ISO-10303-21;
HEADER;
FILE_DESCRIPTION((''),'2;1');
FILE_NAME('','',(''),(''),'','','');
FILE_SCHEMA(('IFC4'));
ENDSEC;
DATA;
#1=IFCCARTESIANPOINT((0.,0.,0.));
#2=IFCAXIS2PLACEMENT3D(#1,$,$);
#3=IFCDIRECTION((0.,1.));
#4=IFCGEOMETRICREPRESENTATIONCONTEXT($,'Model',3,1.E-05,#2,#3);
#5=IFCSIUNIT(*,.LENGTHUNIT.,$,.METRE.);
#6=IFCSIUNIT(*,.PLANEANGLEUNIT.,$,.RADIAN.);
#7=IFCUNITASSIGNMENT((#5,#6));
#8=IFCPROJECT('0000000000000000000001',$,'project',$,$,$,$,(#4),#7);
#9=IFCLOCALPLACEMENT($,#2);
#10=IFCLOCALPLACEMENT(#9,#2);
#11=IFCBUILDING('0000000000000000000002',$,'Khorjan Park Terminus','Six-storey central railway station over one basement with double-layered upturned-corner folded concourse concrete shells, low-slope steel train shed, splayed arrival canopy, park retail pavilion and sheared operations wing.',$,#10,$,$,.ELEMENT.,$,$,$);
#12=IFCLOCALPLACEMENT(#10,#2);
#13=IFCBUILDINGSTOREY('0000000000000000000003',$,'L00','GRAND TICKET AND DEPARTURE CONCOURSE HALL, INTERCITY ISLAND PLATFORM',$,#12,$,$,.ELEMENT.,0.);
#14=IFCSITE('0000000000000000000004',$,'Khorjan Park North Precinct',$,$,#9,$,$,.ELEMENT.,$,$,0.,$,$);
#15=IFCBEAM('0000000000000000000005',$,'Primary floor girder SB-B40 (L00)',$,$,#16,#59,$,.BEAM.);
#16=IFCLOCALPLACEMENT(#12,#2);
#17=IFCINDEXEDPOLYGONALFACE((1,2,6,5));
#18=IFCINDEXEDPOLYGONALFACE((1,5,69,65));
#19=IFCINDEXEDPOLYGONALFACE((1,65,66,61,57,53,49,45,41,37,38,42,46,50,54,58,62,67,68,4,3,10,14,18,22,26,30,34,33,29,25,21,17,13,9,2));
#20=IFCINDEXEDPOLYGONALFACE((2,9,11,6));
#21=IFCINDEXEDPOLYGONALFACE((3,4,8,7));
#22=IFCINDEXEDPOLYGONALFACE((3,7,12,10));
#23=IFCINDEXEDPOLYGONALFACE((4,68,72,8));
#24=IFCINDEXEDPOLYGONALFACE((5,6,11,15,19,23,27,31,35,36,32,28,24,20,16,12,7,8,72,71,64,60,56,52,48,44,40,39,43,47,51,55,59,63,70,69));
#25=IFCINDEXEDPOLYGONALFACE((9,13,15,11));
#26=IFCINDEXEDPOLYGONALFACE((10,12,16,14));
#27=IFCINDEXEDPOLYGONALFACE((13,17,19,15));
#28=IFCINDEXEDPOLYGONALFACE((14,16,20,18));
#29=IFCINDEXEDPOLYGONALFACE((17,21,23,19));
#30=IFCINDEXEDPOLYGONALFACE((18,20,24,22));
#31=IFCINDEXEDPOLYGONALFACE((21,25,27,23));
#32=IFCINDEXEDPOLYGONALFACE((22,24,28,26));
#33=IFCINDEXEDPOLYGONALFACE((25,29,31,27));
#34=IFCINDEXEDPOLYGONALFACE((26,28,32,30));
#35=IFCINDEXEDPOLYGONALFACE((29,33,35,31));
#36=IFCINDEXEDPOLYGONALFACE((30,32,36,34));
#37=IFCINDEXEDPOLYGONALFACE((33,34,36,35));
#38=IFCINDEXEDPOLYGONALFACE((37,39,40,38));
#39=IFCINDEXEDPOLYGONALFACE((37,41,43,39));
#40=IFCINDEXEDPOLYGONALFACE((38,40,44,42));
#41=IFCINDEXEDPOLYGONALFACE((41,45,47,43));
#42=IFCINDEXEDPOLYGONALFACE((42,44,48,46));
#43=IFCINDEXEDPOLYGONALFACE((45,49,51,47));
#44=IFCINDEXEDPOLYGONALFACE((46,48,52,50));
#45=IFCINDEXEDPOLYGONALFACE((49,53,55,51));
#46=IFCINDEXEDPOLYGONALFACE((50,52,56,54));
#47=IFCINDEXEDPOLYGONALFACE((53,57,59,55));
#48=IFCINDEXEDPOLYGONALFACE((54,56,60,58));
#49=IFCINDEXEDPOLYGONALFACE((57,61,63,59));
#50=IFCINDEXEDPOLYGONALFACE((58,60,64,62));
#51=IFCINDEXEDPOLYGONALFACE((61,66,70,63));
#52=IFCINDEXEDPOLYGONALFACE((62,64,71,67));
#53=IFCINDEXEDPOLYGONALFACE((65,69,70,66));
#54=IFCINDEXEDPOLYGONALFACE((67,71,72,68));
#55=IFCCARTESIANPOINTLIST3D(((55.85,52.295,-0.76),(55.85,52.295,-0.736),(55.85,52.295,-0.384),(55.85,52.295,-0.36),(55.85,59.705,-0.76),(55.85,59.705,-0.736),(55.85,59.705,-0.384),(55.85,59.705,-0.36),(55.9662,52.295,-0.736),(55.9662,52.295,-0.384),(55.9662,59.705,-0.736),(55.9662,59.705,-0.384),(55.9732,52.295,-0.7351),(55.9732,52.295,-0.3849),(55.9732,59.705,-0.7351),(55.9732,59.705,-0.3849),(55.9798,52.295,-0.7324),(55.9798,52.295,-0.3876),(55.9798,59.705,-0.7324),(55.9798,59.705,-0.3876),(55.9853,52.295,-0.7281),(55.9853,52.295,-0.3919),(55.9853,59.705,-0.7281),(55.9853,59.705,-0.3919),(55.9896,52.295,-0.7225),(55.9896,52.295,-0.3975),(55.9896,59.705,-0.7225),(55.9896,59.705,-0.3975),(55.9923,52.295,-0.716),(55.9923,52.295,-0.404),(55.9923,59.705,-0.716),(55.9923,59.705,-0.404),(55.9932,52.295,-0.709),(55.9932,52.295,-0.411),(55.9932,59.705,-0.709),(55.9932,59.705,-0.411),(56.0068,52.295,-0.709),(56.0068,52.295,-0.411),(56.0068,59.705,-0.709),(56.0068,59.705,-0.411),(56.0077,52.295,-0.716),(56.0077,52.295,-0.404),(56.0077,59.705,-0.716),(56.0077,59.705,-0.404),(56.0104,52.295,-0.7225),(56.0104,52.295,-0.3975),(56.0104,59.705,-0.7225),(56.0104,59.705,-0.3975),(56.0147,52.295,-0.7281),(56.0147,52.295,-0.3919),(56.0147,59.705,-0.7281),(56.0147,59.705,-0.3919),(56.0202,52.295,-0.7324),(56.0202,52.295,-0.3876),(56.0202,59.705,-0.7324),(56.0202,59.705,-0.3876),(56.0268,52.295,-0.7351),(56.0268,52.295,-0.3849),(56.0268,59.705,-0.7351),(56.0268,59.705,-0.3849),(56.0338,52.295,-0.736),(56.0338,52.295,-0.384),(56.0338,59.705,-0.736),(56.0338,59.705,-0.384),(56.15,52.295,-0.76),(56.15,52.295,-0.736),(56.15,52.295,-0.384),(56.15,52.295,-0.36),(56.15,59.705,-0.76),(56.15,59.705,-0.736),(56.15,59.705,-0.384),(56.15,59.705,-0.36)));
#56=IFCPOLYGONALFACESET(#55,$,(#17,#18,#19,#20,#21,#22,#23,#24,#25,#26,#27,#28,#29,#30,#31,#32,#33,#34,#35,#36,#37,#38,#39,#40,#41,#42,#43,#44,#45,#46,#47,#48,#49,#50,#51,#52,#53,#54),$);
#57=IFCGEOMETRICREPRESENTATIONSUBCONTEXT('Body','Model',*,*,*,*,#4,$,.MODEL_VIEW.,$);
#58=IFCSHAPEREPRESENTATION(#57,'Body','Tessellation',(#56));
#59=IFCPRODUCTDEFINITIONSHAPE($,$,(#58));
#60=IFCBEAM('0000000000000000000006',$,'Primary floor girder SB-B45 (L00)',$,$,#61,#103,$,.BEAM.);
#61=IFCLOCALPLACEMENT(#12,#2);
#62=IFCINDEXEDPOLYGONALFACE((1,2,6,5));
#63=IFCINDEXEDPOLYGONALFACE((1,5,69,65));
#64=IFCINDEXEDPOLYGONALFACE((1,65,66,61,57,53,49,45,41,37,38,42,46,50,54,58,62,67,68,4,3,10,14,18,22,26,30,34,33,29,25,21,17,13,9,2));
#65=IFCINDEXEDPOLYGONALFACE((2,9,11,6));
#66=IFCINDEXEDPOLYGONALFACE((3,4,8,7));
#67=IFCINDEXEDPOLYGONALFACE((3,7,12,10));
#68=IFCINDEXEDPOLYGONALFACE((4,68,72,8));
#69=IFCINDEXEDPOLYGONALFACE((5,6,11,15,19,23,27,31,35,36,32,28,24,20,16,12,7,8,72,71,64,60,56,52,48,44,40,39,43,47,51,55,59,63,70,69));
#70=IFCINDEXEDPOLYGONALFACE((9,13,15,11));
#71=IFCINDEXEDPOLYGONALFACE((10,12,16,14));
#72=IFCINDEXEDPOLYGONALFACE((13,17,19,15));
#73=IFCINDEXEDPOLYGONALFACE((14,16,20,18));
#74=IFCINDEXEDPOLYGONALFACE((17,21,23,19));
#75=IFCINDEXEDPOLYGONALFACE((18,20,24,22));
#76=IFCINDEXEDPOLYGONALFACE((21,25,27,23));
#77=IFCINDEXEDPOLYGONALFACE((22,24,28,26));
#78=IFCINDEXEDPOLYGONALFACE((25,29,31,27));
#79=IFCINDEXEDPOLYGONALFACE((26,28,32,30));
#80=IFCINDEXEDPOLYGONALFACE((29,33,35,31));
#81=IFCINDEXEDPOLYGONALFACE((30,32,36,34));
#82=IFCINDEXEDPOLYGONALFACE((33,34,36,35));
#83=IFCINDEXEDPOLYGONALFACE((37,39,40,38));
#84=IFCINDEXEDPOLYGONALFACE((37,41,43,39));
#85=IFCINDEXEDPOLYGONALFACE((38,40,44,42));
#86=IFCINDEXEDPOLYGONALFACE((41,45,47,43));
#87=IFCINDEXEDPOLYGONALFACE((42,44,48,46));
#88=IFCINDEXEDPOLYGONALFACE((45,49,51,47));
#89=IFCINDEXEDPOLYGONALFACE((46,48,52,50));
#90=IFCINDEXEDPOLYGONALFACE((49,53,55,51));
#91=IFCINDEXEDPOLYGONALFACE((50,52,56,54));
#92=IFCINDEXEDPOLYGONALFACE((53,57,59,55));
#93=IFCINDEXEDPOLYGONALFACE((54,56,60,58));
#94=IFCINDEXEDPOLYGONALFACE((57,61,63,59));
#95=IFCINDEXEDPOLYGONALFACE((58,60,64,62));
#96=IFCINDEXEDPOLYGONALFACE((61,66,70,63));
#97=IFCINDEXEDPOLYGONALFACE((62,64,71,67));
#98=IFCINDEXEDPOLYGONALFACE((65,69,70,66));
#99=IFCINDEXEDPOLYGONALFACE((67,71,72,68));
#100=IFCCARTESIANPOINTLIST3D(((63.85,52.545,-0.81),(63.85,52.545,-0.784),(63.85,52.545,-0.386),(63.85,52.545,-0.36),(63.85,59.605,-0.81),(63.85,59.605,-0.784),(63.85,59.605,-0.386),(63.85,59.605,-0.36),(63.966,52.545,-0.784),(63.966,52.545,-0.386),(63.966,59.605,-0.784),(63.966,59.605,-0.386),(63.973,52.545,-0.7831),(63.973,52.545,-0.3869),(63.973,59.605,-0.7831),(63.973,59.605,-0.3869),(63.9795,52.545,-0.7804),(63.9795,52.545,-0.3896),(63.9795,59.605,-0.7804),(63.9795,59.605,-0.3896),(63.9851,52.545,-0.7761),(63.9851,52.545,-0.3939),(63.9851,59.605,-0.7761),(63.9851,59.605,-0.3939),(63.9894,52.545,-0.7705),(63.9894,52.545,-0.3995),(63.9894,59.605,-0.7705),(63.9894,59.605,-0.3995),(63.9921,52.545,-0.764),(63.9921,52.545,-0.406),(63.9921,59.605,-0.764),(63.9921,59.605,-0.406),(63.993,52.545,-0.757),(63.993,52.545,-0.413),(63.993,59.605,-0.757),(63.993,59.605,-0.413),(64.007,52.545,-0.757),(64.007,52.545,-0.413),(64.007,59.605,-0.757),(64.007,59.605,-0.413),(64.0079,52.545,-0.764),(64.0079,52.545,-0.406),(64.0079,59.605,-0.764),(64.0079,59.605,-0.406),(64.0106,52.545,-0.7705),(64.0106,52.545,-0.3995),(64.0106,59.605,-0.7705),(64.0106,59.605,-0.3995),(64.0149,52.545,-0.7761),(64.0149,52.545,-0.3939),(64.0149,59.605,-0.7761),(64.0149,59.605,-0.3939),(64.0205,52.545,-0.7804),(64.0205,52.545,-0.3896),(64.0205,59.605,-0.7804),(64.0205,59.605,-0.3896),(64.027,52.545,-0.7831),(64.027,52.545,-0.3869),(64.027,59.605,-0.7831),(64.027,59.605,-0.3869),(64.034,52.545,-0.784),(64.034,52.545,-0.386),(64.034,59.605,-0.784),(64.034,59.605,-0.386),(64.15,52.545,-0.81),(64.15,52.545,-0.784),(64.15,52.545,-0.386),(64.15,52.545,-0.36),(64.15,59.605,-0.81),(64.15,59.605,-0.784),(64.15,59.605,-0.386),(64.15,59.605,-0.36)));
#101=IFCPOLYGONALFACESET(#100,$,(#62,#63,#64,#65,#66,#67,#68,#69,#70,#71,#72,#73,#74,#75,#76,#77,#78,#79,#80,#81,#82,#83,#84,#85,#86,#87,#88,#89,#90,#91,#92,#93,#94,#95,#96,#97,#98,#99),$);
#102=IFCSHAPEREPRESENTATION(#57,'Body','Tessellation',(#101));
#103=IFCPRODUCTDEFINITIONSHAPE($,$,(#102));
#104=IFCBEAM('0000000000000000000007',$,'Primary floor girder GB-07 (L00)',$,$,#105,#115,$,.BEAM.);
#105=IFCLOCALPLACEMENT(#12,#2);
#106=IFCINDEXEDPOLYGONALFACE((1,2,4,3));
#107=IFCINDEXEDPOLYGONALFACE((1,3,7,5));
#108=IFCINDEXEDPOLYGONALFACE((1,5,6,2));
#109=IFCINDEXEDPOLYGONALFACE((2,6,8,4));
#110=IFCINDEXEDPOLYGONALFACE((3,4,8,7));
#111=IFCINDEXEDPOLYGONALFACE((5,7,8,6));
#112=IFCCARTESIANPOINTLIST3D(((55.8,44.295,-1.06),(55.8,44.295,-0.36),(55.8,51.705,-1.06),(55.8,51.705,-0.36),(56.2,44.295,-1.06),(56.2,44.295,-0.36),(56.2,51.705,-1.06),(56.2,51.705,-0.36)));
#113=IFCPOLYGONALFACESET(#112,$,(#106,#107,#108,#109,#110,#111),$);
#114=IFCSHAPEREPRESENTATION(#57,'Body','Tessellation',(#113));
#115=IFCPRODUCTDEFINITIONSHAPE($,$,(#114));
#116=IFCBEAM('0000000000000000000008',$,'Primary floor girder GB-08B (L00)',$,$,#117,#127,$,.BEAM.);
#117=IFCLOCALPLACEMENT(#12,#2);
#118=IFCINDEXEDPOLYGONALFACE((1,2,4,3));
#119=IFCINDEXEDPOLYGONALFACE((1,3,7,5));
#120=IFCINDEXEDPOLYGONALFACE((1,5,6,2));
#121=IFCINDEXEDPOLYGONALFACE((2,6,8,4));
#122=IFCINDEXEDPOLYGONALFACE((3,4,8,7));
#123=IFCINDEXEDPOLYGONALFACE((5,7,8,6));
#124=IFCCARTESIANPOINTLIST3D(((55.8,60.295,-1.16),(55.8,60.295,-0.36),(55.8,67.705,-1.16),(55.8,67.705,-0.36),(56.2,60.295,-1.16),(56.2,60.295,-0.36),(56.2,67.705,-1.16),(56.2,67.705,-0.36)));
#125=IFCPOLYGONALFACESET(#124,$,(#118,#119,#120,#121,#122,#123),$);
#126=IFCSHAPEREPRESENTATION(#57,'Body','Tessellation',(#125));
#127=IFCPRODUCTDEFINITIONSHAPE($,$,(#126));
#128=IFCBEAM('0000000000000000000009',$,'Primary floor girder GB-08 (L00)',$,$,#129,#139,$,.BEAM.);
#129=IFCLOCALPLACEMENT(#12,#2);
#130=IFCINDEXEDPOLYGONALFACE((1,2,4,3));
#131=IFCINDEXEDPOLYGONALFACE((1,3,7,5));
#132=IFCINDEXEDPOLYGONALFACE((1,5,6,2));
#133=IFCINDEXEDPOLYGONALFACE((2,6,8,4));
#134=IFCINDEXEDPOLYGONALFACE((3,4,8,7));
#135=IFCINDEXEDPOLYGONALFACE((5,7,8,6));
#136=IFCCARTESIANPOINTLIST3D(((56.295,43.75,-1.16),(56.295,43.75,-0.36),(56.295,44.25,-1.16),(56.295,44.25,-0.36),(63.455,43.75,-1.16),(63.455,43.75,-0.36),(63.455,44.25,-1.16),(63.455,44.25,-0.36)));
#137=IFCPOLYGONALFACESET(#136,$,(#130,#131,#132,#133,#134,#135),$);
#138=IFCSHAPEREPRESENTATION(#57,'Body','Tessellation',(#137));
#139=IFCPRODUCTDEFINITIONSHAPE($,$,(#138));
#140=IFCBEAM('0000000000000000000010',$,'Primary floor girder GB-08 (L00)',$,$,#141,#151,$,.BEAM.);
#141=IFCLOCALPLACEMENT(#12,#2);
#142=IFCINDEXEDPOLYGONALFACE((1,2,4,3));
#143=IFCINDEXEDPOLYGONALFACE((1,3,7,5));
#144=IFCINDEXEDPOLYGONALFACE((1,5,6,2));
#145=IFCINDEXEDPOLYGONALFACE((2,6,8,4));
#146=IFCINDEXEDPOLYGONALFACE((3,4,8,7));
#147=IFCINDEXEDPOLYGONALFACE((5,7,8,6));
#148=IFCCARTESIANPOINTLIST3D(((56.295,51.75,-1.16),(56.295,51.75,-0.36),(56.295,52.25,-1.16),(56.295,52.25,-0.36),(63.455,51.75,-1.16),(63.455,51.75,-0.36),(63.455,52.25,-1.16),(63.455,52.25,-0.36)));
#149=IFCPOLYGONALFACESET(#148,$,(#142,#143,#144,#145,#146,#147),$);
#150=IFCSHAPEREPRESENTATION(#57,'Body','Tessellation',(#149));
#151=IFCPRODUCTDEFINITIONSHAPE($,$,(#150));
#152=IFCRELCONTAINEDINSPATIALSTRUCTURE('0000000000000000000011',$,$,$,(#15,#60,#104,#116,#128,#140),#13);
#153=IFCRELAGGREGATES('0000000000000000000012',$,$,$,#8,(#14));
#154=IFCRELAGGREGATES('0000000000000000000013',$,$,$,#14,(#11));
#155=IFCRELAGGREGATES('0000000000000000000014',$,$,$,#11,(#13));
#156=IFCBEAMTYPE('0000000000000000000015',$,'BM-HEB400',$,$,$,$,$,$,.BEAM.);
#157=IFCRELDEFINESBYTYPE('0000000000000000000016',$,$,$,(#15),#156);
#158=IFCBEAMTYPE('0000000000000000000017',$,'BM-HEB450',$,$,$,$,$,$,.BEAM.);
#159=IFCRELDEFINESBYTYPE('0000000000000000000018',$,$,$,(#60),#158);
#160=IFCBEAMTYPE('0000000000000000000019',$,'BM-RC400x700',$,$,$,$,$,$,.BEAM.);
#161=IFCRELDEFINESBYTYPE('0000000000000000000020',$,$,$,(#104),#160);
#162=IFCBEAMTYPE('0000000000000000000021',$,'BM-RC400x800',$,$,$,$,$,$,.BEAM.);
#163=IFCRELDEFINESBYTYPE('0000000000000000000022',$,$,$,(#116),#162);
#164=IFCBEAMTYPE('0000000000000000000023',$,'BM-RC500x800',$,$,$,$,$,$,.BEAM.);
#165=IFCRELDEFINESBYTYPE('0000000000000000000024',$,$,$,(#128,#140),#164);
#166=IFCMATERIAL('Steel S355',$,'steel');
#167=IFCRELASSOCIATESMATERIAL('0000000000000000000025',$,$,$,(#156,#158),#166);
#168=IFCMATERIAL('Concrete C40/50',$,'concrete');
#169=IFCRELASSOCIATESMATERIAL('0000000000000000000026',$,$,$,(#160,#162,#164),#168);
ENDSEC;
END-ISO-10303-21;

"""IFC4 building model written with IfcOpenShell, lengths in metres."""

from ifc_helpers import new_model, si_unit, direction, frame, origin, origin_2d, place, context, subcontext, project, spatial, rectangle, i_section, extrude, material, material_profile, profile_set, type_object, element, save


model = new_model("IFC4")

# Units and contexts
model_context = context("Model", 3, precision=1e-05, world=origin(), true_north=direction((0.0, 1.0)))
body_context = subcontext(model_context, "Body", "Model", "MODEL_VIEW")
ifc_project = project(units=[si_unit("LENGTHUNIT", "METRE"), si_unit("PLANEANGLEUNIT", "RADIAN")], contexts=[model_context])

# Site, building, storey
site_placement = place(None, origin())
site = spatial("IfcSite", under=ifc_project, at=site_placement, Name="Khorjan Park North Precinct", CompositionType="ELEMENT", RefElevation=0.0)
building_placement = place(site_placement, origin())
building = spatial("IfcBuilding", under=site, at=building_placement, Name="Khorjan Park Terminus", Description="Six-storey central railway station over one basement with double-layered upturned-corner folded concourse concrete shells, low-slope steel train shed, splayed arrival canopy, park retail pavilion and sheared operations wing.", CompositionType="ELEMENT")
storey_placement = place(building_placement, origin())
storey = spatial("IfcBuildingStorey", under=building, at=storey_placement, Name="L00", Description="GRAND TICKET AND DEPARTURE CONCOURSE HALL, INTERCITY ISLAND PLATFORM", CompositionType="ELEMENT", Elevation=0.0)

# Shared definitions
ifc_material_1 = material(Name="Concrete C40/50", Category="concrete")

# Beams
ifc_material_2 = material(Name="Steel S355", Category="steel")
ifc_material_profile_1 = material_profile(ifc_material_2, i_section(OverallWidth=0.3, OverallDepth=0.4, WebThickness=0.0135, FlangeThickness=0.024, FilletRadius=0.027, at=origin_2d()), Name="HEB 400")
ifc_profile_set_1 = profile_set([ifc_material_profile_1], Name="Steel S355")
beam_type_1 = type_object("IfcBeamType", Name="BM-HEB400", PredefinedType="BEAM", material=ifc_profile_set_1)
beam_1_placement = place(storey_placement, frame((56.0, 52.295, -0.56), z_axis=(0.0, 1.0, 0.0), x_axis=(-1.0, 0.0, 0.0)))
element("IfcBeam", 1, at=beam_1_placement, inside=storey, type_object=beam_type_1, Name="Primary floor girder SB-B40 (L00)", PredefinedType="BEAM", context=body_context, shape_type="SweptSolid", body=[
    extrude(i_section(OverallWidth=0.3, OverallDepth=0.4, WebThickness=0.0135, FlangeThickness=0.024, FilletRadius=0.027, at=origin_2d()), origin(), (0.0, 0.0, 1.0), 7.41),
])
ifc_material_profile_2 = material_profile(ifc_material_2, i_section(OverallWidth=0.3, OverallDepth=0.45, WebThickness=0.014, FlangeThickness=0.026, FilletRadius=0.027, at=origin_2d()), Name="HEB 450")
ifc_profile_set_2 = profile_set([ifc_material_profile_2], Name="Steel S355")
beam_type_2 = type_object("IfcBeamType", Name="BM-HEB450", PredefinedType="BEAM", material=ifc_profile_set_2)
beam_2_placement = place(storey_placement, frame((64.0, 52.545, -0.585), z_axis=(0.0, 1.0, 0.0), x_axis=(-1.0, 0.0, 0.0)))
element("IfcBeam", 2, at=beam_2_placement, inside=storey, type_object=beam_type_2, Name="Primary floor girder SB-B45 (L00)", PredefinedType="BEAM", context=body_context, shape_type="SweptSolid", body=[
    extrude(i_section(OverallWidth=0.3, OverallDepth=0.45, WebThickness=0.014, FlangeThickness=0.026, FilletRadius=0.027, at=origin_2d()), origin(), (0.0, 0.0, 1.0), 7.06),
])
ifc_material_profile_3 = material_profile(ifc_material_1, rectangle(XDim=0.4, YDim=0.7, at=origin_2d()), Name="RC 400x700")
ifc_profile_set_3 = profile_set([ifc_material_profile_3], Name="Concrete C40/50")
beam_type_3 = type_object("IfcBeamType", Name="BM-RC400x700", PredefinedType="BEAM", material=ifc_profile_set_3)
beam_3_placement = place(storey_placement, frame((56.0, 44.295, -0.71), z_axis=(0.0, 1.0, 0.0), x_axis=(-1.0, 0.0, 0.0)))
element("IfcBeam", 3, at=beam_3_placement, inside=storey, type_object=beam_type_3, Name="Primary floor girder GB-07 (L00)", PredefinedType="BEAM", context=body_context, shape_type="SweptSolid", body=[
    extrude(rectangle(XDim=0.4, YDim=0.7, at=origin_2d()), origin(), (0.0, 0.0, 1.0), 7.41),
])
ifc_material_profile_4 = material_profile(ifc_material_1, rectangle(XDim=0.4, YDim=0.8, at=origin_2d()), Name="RC 400x800")
ifc_profile_set_4 = profile_set([ifc_material_profile_4], Name="Concrete C40/50")
beam_type_4 = type_object("IfcBeamType", Name="BM-RC400x800", PredefinedType="BEAM", material=ifc_profile_set_4)
beam_4_placement = place(storey_placement, frame((56.0, 60.295, -0.76), z_axis=(0.0, 1.0, 0.0), x_axis=(-1.0, 0.0, 0.0)))
element("IfcBeam", 4, at=beam_4_placement, inside=storey, type_object=beam_type_4, Name="Primary floor girder GB-08B (L00)", PredefinedType="BEAM", context=body_context, shape_type="SweptSolid", body=[
    extrude(rectangle(XDim=0.4, YDim=0.8, at=origin_2d()), origin(), (0.0, 0.0, 1.0), 7.41),
])
ifc_material_profile_5 = material_profile(ifc_material_1, rectangle(XDim=0.5, YDim=0.8, at=origin_2d()), Name="RC 500x800")
ifc_profile_set_5 = profile_set([ifc_material_profile_5], Name="Concrete C40/50")
beam_type_5 = type_object("IfcBeamType", Name="BM-RC500x800", PredefinedType="BEAM", material=ifc_profile_set_5)
for number, where, z_axis, x_axis, name in (
    (5, (56.295, 44.0, -0.76), (1.0, 0.0, 0.0), (0.0, 1.0, 0.0), "Primary floor girder GB-08 (L00)"),
    (6, (56.295, 52.0, -0.76), (1.0, 0.0, 0.0), (0.0, 1.0, 0.0), "Primary floor girder GB-08 (L00)"),
):
    element("IfcBeam", number, at=place(storey_placement, frame(where, z_axis=z_axis, x_axis=x_axis)), inside=storey, type_object=beam_type_5, Name=name, PredefinedType="BEAM", context=body_context, shape_type="SweptSolid", body=[
        extrude(rectangle(XDim=0.5, YDim=0.8, at=origin_2d()), origin(), (0.0, 0.0, 1.0), 7.16),
    ])

save(model, "model.ifc")
